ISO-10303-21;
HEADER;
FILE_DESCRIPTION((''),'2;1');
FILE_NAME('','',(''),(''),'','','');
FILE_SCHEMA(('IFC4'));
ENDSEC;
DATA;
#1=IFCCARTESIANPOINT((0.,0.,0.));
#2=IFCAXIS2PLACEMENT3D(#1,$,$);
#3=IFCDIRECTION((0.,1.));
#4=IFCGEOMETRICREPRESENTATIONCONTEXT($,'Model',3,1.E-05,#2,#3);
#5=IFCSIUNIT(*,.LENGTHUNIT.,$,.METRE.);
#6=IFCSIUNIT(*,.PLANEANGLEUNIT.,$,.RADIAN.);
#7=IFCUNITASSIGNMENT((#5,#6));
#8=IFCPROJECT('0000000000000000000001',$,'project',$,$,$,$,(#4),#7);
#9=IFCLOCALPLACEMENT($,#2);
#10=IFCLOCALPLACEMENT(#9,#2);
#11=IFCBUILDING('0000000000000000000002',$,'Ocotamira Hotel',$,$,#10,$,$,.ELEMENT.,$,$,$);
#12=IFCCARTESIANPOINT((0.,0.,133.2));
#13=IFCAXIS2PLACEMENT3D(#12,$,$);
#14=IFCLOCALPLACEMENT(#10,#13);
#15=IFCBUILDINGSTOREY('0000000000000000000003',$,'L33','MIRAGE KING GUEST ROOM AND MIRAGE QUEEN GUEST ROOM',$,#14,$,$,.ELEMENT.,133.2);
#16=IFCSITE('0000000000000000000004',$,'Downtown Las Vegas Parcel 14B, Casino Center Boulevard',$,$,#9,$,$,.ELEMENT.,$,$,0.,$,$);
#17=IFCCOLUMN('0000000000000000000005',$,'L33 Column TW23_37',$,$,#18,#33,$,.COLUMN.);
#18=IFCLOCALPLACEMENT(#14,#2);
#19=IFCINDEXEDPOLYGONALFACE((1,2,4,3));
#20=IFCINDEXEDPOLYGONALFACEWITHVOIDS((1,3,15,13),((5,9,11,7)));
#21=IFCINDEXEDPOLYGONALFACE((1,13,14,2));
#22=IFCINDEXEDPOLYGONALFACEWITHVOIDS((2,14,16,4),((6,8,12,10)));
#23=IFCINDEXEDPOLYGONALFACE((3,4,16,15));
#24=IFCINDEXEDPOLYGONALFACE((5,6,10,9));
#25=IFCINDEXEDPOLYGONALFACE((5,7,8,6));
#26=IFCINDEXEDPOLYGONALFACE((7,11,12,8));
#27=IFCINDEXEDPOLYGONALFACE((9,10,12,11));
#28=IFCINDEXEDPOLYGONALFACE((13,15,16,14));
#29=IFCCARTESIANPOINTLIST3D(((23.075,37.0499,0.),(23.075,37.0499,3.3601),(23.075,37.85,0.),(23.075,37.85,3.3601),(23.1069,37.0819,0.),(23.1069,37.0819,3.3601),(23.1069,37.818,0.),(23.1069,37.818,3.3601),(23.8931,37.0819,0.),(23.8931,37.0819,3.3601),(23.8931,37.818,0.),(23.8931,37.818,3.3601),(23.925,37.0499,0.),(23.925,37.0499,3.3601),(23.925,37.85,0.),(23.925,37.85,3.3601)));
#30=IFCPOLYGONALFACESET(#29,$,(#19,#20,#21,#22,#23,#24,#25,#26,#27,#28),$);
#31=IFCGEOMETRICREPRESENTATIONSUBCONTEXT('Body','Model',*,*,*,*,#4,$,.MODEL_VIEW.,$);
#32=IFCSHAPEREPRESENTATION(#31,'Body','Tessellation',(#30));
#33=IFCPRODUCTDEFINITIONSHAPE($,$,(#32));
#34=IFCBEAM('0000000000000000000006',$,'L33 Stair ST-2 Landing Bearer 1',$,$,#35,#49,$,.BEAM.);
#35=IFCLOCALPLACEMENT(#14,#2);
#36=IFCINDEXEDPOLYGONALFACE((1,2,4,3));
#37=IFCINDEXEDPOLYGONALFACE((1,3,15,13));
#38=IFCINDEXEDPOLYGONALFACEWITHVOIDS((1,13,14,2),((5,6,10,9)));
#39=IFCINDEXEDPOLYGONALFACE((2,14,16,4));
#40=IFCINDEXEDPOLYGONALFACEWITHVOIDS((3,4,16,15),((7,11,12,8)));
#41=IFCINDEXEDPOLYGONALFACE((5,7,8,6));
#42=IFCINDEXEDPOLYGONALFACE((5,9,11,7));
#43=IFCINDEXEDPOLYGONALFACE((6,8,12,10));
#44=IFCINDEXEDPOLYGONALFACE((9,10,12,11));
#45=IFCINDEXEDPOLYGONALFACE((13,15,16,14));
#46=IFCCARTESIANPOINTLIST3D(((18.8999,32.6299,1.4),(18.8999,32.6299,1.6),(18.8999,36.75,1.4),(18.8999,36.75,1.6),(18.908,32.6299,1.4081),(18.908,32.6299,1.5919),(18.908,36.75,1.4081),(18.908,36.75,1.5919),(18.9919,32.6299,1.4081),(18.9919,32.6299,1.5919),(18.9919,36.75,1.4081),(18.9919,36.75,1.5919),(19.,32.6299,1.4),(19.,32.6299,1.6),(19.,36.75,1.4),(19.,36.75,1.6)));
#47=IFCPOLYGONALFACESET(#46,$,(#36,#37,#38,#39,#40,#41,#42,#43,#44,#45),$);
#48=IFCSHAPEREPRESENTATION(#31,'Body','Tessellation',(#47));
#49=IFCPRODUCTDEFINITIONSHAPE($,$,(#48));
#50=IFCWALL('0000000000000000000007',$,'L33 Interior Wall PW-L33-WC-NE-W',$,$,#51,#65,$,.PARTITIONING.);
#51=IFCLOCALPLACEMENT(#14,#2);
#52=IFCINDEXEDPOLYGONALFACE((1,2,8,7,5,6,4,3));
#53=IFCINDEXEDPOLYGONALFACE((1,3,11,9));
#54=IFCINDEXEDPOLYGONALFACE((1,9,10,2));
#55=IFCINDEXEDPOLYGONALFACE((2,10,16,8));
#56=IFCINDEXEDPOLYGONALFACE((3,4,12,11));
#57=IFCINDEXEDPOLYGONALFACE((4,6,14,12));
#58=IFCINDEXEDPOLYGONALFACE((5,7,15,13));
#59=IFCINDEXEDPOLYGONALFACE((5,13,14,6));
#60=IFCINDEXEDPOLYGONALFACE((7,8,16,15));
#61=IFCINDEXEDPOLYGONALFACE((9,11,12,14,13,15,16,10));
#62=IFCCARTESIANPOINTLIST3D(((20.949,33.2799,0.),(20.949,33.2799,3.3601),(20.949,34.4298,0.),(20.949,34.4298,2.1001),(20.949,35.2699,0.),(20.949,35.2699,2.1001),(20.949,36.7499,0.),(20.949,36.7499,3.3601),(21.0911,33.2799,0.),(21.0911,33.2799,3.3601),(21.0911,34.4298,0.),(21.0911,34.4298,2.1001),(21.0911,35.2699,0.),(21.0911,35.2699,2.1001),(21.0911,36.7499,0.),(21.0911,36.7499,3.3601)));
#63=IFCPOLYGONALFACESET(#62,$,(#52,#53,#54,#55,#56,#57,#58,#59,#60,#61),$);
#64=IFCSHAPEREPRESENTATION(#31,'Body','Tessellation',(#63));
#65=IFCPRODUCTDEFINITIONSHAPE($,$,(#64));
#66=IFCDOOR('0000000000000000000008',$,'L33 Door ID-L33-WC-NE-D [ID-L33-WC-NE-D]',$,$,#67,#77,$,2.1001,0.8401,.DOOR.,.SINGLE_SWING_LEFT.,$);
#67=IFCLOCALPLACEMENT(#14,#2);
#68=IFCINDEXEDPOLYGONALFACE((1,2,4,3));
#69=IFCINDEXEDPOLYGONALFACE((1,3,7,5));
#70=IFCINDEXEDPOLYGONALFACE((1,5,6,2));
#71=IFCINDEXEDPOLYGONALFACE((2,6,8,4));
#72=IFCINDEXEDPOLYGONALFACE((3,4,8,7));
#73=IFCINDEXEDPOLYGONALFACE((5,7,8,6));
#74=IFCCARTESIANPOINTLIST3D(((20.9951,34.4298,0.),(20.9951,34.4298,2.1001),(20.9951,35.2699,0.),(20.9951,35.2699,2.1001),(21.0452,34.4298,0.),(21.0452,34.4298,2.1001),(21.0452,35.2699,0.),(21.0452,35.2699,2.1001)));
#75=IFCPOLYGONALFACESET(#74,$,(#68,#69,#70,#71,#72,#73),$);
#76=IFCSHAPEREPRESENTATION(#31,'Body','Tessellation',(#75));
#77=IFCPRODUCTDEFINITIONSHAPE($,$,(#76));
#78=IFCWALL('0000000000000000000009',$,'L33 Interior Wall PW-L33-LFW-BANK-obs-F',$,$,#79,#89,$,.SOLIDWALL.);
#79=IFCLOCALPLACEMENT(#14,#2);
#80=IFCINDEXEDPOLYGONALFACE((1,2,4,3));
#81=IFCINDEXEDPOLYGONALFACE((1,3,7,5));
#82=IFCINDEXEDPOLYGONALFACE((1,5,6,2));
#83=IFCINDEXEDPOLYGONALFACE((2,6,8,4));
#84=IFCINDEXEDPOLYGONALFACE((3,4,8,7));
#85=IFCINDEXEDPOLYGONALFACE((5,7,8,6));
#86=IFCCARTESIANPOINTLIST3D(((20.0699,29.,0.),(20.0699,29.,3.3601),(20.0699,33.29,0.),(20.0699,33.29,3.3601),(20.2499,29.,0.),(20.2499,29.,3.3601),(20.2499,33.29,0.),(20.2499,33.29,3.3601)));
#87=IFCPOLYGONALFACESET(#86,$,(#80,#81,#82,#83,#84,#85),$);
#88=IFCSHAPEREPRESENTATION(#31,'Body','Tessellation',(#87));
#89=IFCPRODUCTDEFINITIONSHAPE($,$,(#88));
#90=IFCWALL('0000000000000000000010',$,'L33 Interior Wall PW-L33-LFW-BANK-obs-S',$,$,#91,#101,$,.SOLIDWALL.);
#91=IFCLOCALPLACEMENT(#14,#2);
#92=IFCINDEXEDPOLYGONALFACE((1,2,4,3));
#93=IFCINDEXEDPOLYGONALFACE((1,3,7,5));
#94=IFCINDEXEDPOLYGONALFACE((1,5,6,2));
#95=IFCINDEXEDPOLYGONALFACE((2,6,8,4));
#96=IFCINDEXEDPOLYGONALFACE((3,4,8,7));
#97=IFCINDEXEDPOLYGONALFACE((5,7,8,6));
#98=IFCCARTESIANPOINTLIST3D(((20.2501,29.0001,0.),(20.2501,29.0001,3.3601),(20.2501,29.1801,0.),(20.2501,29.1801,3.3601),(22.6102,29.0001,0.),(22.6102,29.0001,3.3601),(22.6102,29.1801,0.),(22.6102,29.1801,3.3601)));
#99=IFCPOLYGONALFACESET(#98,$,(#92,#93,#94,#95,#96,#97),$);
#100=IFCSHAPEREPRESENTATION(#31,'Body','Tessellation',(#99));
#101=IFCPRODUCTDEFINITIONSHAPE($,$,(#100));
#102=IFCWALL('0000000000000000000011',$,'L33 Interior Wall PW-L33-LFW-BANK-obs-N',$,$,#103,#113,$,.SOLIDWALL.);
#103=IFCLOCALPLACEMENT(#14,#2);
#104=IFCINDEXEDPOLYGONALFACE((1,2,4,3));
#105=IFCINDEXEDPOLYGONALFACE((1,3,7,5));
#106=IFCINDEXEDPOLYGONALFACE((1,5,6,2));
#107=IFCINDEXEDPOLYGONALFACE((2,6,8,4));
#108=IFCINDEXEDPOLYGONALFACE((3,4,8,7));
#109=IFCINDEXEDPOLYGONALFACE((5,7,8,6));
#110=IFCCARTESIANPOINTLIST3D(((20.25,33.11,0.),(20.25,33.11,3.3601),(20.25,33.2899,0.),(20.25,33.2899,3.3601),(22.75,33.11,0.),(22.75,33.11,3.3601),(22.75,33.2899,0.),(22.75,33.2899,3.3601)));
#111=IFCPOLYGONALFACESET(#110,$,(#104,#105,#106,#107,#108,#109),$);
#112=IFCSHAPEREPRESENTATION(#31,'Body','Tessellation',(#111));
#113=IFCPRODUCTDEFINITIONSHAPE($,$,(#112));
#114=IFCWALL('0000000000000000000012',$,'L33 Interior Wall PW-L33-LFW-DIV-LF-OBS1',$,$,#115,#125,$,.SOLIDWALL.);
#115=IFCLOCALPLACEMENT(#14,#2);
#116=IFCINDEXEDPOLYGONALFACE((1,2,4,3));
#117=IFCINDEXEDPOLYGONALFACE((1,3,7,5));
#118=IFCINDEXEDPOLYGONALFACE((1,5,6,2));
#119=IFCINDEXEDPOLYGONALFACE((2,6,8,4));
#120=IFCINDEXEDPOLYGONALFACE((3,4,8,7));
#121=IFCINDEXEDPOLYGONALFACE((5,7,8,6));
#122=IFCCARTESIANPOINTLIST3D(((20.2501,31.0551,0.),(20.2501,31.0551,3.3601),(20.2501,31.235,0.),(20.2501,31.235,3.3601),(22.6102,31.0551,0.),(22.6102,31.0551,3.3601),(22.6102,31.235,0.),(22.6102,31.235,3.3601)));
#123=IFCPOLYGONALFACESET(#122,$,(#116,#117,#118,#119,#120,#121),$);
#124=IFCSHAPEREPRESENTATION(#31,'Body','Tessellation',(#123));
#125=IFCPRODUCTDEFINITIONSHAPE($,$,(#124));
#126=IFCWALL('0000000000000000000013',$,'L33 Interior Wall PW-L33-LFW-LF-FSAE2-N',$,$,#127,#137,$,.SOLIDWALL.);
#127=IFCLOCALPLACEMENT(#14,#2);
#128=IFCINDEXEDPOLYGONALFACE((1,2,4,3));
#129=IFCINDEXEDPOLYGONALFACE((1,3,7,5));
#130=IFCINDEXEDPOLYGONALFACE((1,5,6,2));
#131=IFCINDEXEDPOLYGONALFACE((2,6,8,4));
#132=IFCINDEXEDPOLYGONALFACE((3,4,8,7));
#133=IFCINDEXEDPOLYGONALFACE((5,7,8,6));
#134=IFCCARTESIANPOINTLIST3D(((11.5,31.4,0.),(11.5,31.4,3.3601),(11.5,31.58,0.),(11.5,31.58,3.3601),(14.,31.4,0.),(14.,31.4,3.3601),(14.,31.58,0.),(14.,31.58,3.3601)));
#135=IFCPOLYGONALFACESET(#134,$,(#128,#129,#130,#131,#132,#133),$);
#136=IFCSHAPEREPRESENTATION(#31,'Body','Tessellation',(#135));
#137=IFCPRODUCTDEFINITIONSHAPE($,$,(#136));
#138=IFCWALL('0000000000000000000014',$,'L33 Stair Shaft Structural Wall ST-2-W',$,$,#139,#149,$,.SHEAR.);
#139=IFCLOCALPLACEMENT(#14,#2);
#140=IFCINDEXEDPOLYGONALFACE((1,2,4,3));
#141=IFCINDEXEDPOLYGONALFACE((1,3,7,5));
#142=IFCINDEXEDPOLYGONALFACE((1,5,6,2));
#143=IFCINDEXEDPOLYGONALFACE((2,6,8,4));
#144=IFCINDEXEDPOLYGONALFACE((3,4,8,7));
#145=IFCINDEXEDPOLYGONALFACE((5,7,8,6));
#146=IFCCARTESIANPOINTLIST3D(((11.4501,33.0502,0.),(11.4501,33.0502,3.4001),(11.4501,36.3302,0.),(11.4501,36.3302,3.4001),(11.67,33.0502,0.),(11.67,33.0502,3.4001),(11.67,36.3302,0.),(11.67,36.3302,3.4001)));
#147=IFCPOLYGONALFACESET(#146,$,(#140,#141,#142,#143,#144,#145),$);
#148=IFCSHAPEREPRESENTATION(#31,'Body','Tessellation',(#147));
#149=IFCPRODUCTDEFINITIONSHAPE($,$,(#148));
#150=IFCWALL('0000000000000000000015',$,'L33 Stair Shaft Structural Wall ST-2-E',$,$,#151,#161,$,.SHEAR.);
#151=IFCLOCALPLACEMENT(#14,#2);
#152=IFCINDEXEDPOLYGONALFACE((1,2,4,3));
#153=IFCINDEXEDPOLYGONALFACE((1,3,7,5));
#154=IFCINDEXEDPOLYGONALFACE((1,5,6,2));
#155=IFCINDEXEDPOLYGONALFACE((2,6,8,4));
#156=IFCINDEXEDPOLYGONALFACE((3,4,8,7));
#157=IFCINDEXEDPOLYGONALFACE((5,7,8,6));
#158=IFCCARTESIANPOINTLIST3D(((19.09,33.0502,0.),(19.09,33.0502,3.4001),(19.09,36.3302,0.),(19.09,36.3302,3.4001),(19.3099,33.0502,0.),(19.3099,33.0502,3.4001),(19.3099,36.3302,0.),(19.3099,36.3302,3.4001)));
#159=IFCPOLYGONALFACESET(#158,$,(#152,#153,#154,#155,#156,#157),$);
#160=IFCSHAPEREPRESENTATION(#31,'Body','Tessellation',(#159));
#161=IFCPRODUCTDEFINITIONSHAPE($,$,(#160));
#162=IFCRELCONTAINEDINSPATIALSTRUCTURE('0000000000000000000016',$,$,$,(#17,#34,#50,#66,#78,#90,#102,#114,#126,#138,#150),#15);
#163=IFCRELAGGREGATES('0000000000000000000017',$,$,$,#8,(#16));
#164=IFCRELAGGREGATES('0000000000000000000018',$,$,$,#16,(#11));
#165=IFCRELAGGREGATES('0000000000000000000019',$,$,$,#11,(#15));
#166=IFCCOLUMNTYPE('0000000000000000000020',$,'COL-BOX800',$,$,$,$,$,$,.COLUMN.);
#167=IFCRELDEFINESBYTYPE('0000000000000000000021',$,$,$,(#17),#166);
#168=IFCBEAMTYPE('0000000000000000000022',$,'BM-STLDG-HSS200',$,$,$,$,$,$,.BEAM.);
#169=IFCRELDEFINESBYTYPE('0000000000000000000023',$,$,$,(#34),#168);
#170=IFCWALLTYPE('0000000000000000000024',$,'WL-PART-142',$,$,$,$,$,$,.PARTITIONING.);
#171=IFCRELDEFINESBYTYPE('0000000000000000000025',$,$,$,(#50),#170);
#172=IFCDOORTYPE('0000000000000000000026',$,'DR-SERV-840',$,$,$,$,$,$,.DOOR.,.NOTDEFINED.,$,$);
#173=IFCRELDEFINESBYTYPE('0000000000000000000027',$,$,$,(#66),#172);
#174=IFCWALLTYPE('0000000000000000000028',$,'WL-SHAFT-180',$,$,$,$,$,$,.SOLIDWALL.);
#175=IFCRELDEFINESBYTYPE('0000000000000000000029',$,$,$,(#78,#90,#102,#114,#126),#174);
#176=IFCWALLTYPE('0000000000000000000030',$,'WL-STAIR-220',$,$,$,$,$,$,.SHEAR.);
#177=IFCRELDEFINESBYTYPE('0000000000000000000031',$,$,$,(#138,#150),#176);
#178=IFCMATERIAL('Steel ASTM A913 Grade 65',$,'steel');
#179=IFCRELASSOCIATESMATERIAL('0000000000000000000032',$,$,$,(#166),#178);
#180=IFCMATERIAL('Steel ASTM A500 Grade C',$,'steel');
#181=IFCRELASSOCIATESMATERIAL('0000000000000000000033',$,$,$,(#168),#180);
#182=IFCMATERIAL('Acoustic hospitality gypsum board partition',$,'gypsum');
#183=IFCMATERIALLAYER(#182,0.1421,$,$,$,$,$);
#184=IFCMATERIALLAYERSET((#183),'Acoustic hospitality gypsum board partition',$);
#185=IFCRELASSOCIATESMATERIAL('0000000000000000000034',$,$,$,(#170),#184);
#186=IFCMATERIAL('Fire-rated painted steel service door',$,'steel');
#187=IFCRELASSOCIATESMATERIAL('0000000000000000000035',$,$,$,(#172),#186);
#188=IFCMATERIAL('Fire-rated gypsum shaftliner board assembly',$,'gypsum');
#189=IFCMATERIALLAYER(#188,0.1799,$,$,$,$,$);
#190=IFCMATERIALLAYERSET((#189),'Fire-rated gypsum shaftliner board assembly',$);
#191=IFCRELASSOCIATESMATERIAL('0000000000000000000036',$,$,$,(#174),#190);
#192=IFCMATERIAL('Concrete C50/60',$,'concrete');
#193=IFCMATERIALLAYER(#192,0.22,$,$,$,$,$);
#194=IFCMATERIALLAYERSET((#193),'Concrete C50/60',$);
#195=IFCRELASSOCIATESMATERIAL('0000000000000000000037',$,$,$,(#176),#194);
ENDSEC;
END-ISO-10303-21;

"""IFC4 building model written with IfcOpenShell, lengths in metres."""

from ifc_helpers import new_model, si_unit, direction, frame, frame_2d, origin, origin_2d, place, context, subcontext, project, spatial, rectangle, hollow_rectangle, extrude, source, transform, mapped, material, layer, layer_set, material_profile, profile_set, type_object, element, fill, save


model = new_model("IFC4")

# Units and contexts
model_context = context("Model", 3, precision=1e-05, world=origin(), true_north=direction((0.0, 1.0)))
body_context = subcontext(model_context, "Body", "Model", "MODEL_VIEW")
ifc_project = project(units=[si_unit("LENGTHUNIT", "METRE"), si_unit("PLANEANGLEUNIT", "RADIAN")], contexts=[model_context])

# Site, building, storey
site_placement = place(None, origin())
site = spatial("IfcSite", under=ifc_project, at=site_placement, Name="Downtown Las Vegas Parcel 14B, Casino Center Boulevard", CompositionType="ELEMENT", RefElevation=0.0)
building_placement = place(site_placement, origin())
building = spatial("IfcBuilding", under=site, at=building_placement, Name="Ocotamira Hotel", CompositionType="ELEMENT")
storey_placement = place(building_placement, frame((0.0, 0.0, 133.2)))
storey = spatial("IfcBuildingStorey", under=building, at=storey_placement, Name="L33", Description="MIRAGE KING GUEST ROOM AND MIRAGE QUEEN GUEST ROOM", CompositionType="ELEMENT", Elevation=133.2)

# Column
ifc_material_1 = material(Name="Steel ASTM A913 Grade 65", Category="steel")
ifc_material_profile_1 = material_profile(ifc_material_1, hollow_rectangle(XDim=0.8501, YDim=0.8, WallThickness=0.032, at=origin_2d()), Name="BOX800X850X32")
ifc_profile_set_1 = profile_set([ifc_material_profile_1], Name="Steel ASTM A913 Grade 65")
column_type = type_object("IfcColumnType", Name="COL-BOX800", PredefinedType="COLUMN", material=ifc_profile_set_1)
shared_shape_1 = source(origin(), body_context, "Body", "SweptSolid", [
    extrude(hollow_rectangle(XDim=0.8501, YDim=0.8, WallThickness=0.032, at=origin_2d()), origin(), (0.0, 0.0, 1.0), 3.3601),
])
column_placement = place(storey_placement, frame((23.5, 37.45, 0.0), z_axis=(0.0, 0.0, 1.0), x_axis=(1.0, 0.0, 0.0)))
element("IfcColumn", 1, at=column_placement, inside=storey, type_object=column_type, Name="L33 Column TW23_37", PredefinedType="COLUMN", context=body_context, shape_type="MappedRepresentation", body=[
    mapped(shared_shape_1, transform((0.0, 0.0, 0.0), scale=1.0)),
])

# Beam
ifc_material_2 = material(Name="Steel ASTM A500 Grade C", Category="steel")
ifc_material_profile_2 = material_profile(ifc_material_2, hollow_rectangle(XDim=0.1001, YDim=0.2, WallThickness=0.0081, at=origin_2d()), Name="HSS200X100X8")
ifc_profile_set_2 = profile_set([ifc_material_profile_2], Name="Steel ASTM A500 Grade C")
beam_type = type_object("IfcBeamType", Name="BM-STLDG-HSS200", PredefinedType="BEAM", material=ifc_profile_set_2)
shared_shape_2 = source(origin(), body_context, "Body", "SweptSolid", [
    extrude(hollow_rectangle(XDim=0.1001, YDim=0.2, WallThickness=0.0081, at=origin_2d()), origin(), (0.0, 0.0, 1.0), 4.1201),
])
beam_placement = place(storey_placement, frame((18.95, 32.6299, 1.5), z_axis=(0.0, 1.0, 0.0), x_axis=(-1.0, 0.0, 0.0)))
element("IfcBeam", 2, at=beam_placement, inside=storey, type_object=beam_type, Name="L33 Stair ST-2 Landing Bearer 1", PredefinedType="BEAM", context=body_context, shape_type="MappedRepresentation", body=[
    mapped(shared_shape_2, transform((0.0, 0.0, 0.0), scale=1.0)),
])

# Wall, opening, door
ifc_material_3 = material(Name="Acoustic hospitality gypsum board partition", Category="gypsum")
ifc_layer_1 = layer(ifc_material_3, 0.1421)
ifc_layer_set_1 = layer_set([ifc_layer_1], Name="Acoustic hospitality gypsum board partition")
wall_type_1 = type_object("IfcWallType", Name="WL-PART-142", PredefinedType="PARTITIONING", material=ifc_layer_set_1)
wall_1_placement = place(storey_placement, frame((21.02, 33.28, 0.0), z_axis=(0.0, 0.0, 1.0), x_axis=(0.0, 1.0, 0.0)))
wall_1 = element("IfcWall", 3, at=wall_1_placement, inside=storey, type_object=wall_type_1, Name="L33 Interior Wall PW-L33-WC-NE-W", PredefinedType="PARTITIONING", context=body_context, shape_type="SweptSolid", body=[
    extrude(rectangle(XDim=3.47, YDim=0.1421, at=frame_2d((1.7349, 0.0))), origin(), (0.0, 0.0, 1.0), 3.3601),
])
opening_placement = place(wall_1_placement, frame((1.1499, 0.0, 0.0)))
opening = element("IfcOpeningElement", 4, at=opening_placement, cuts=wall_1, PredefinedType="OPENING", context=body_context, shape_type="SweptSolid", body=[
    extrude(rectangle(XDim=0.8401, YDim=2.1001, at=frame_2d((0.4199, 1.05))), frame((0.0, 0.0811, 0.0), z_axis=(0.0, -1.0, 0.0), x_axis=(1.0, 0.0, 0.0)), (0.0, 0.0, 1.0), 0.1621),
])
ifc_material_4 = material(Name="Fire-rated painted steel service door", Category="steel")
door_type = type_object("IfcDoorType", Name="DR-SERV-840", OperationType="NOTDEFINED", PredefinedType="DOOR", material=ifc_material_4)
shared_shape_3 = source(origin(), body_context, "Body", "SweptSolid", [
    extrude(rectangle(XDim=0.8401, YDim=2.1001, at=frame_2d((0.4199, 1.05))), frame((0.0, 0.0249, 0.0), z_axis=(0.0, -1.0, 0.0), x_axis=(1.0, 0.0, 0.0)), (0.0, 0.0, 1.0), 0.05),
])
door_placement = place(opening_placement, origin())
door = element("IfcDoor", 5, at=door_placement, inside=storey, type_object=door_type, Name="L33 Door ID-L33-WC-NE-D [ID-L33-WC-NE-D]", OperationType="SINGLE_SWING_LEFT", OverallHeight=2.1001, OverallWidth=0.8401, PredefinedType="DOOR", context=body_context, shape_type="MappedRepresentation", body=[
    mapped(shared_shape_3, transform((0.0, 0.0, 0.0), scale=1.0)),
])
fill(opening, door)

# Walls
ifc_material_5 = material(Name="Fire-rated gypsum shaftliner board assembly", Category="gypsum")
ifc_layer_2 = layer(ifc_material_5, 0.1799)
ifc_layer_set_2 = layer_set([ifc_layer_2], Name="Fire-rated gypsum shaftliner board assembly")
wall_type_2 = type_object("IfcWallType", Name="WL-SHAFT-180", PredefinedType="SOLIDWALL", material=ifc_layer_set_2)
wall_2_placement = place(storey_placement, frame((20.1599, 29.0, 0.0), z_axis=(0.0, 0.0, 1.0), x_axis=(0.0, 1.0, 0.0)))
element("IfcWall", 6, at=wall_2_placement, inside=storey, type_object=wall_type_2, Name="L33 Interior Wall PW-L33-LFW-BANK-obs-F", PredefinedType="SOLIDWALL", context=body_context, shape_type="SweptSolid", body=[
    extrude(rectangle(XDim=4.29, YDim=0.1799, at=frame_2d((2.145, 0.0))), origin(), (0.0, 0.0, 1.0), 3.3601),
])
wall_3_placement = place(storey_placement, frame((20.25, 29.0901, 0.0), z_axis=(0.0, 0.0, 1.0), x_axis=(1.0, 0.0, 0.0)))
element("IfcWall", 7, at=wall_3_placement, inside=storey, type_object=wall_type_2, Name="L33 Interior Wall PW-L33-LFW-BANK-obs-S", PredefinedType="SOLIDWALL", context=body_context, shape_type="SweptSolid", body=[
    extrude(rectangle(XDim=2.3601, YDim=0.1799, at=frame_2d((1.1802, 0.0))), origin(), (0.0, 0.0, 1.0), 3.3601),
])
wall_4_placement = place(storey_placement, frame((20.25, 33.2, 0.0), z_axis=(0.0, 0.0, 1.0), x_axis=(1.0, 0.0, 0.0)))
element("IfcWall", 8, at=wall_4_placement, inside=storey, type_object=wall_type_2, Name="L33 Interior Wall PW-L33-LFW-BANK-obs-N", PredefinedType="SOLIDWALL", context=body_context, shape_type="SweptSolid", body=[
    extrude(rectangle(XDim=2.5, YDim=0.1799, at=frame_2d((1.25, 0.0))), origin(), (0.0, 0.0, 1.0), 3.3601),
])
wall_5_placement = place(storey_placement, frame((20.25, 31.145, 0.0), z_axis=(0.0, 0.0, 1.0), x_axis=(1.0, 0.0, 0.0)))
element("IfcWall", 9, at=wall_5_placement, inside=storey, type_object=wall_type_2, Name="L33 Interior Wall PW-L33-LFW-DIV-LF-OBS1", PredefinedType="SOLIDWALL", context=body_context, shape_type="SweptSolid", body=[
    extrude(rectangle(XDim=2.3601, YDim=0.1799, at=frame_2d((1.1802, 0.0))), origin(), (0.0, 0.0, 1.0), 3.3601),
])
wall_6_placement = place(storey_placement, frame((11.5, 31.49, 0.0), z_axis=(0.0, 0.0, 1.0), x_axis=(1.0, 0.0, 0.0)))
element("IfcWall", 10, at=wall_6_placement, inside=storey, type_object=wall_type_2, Name="L33 Interior Wall PW-L33-LFW-LF-FSAE2-N", PredefinedType="SOLIDWALL", context=body_context, shape_type="SweptSolid", body=[
    extrude(rectangle(XDim=2.5, YDim=0.1799, at=frame_2d((1.25, 0.0))), origin(), (0.0, 0.0, 1.0), 3.3601),
])
ifc_material_6 = material(Name="Concrete C50/60", Category="concrete")
ifc_layer_3 = layer(ifc_material_6, 0.22)
ifc_layer_set_3 = layer_set([ifc_layer_3], Name="Concrete C50/60")
wall_type_3 = type_object("IfcWallType", Name="WL-STAIR-220", PredefinedType="SHEAR", material=ifc_layer_set_3)
for number, where, z_axis, x_axis, name in (
    (11, (11.5601, 33.05, 0.0), (0.0, 0.0, 1.0), (0.0, 1.0, 0.0), "L33 Stair Shaft Structural Wall ST-2-W"),
    (12, (19.2, 33.05, 0.0), (0.0, 0.0, 1.0), (0.0, 1.0, 0.0), "L33 Stair Shaft Structural Wall ST-2-E"),
):
    element("IfcWall", number, at=place(storey_placement, frame(where, z_axis=z_axis, x_axis=x_axis)), inside=storey, type_object=wall_type_3, Name=name, PredefinedType="SHEAR", context=body_context, shape_type="SweptSolid", body=[
        extrude(rectangle(XDim=3.28, YDim=0.22, at=frame_2d((1.6401, 0.0))), origin(), (0.0, 0.0, 1.0), 3.4001),
    ])

save(model, "model.ifc")
